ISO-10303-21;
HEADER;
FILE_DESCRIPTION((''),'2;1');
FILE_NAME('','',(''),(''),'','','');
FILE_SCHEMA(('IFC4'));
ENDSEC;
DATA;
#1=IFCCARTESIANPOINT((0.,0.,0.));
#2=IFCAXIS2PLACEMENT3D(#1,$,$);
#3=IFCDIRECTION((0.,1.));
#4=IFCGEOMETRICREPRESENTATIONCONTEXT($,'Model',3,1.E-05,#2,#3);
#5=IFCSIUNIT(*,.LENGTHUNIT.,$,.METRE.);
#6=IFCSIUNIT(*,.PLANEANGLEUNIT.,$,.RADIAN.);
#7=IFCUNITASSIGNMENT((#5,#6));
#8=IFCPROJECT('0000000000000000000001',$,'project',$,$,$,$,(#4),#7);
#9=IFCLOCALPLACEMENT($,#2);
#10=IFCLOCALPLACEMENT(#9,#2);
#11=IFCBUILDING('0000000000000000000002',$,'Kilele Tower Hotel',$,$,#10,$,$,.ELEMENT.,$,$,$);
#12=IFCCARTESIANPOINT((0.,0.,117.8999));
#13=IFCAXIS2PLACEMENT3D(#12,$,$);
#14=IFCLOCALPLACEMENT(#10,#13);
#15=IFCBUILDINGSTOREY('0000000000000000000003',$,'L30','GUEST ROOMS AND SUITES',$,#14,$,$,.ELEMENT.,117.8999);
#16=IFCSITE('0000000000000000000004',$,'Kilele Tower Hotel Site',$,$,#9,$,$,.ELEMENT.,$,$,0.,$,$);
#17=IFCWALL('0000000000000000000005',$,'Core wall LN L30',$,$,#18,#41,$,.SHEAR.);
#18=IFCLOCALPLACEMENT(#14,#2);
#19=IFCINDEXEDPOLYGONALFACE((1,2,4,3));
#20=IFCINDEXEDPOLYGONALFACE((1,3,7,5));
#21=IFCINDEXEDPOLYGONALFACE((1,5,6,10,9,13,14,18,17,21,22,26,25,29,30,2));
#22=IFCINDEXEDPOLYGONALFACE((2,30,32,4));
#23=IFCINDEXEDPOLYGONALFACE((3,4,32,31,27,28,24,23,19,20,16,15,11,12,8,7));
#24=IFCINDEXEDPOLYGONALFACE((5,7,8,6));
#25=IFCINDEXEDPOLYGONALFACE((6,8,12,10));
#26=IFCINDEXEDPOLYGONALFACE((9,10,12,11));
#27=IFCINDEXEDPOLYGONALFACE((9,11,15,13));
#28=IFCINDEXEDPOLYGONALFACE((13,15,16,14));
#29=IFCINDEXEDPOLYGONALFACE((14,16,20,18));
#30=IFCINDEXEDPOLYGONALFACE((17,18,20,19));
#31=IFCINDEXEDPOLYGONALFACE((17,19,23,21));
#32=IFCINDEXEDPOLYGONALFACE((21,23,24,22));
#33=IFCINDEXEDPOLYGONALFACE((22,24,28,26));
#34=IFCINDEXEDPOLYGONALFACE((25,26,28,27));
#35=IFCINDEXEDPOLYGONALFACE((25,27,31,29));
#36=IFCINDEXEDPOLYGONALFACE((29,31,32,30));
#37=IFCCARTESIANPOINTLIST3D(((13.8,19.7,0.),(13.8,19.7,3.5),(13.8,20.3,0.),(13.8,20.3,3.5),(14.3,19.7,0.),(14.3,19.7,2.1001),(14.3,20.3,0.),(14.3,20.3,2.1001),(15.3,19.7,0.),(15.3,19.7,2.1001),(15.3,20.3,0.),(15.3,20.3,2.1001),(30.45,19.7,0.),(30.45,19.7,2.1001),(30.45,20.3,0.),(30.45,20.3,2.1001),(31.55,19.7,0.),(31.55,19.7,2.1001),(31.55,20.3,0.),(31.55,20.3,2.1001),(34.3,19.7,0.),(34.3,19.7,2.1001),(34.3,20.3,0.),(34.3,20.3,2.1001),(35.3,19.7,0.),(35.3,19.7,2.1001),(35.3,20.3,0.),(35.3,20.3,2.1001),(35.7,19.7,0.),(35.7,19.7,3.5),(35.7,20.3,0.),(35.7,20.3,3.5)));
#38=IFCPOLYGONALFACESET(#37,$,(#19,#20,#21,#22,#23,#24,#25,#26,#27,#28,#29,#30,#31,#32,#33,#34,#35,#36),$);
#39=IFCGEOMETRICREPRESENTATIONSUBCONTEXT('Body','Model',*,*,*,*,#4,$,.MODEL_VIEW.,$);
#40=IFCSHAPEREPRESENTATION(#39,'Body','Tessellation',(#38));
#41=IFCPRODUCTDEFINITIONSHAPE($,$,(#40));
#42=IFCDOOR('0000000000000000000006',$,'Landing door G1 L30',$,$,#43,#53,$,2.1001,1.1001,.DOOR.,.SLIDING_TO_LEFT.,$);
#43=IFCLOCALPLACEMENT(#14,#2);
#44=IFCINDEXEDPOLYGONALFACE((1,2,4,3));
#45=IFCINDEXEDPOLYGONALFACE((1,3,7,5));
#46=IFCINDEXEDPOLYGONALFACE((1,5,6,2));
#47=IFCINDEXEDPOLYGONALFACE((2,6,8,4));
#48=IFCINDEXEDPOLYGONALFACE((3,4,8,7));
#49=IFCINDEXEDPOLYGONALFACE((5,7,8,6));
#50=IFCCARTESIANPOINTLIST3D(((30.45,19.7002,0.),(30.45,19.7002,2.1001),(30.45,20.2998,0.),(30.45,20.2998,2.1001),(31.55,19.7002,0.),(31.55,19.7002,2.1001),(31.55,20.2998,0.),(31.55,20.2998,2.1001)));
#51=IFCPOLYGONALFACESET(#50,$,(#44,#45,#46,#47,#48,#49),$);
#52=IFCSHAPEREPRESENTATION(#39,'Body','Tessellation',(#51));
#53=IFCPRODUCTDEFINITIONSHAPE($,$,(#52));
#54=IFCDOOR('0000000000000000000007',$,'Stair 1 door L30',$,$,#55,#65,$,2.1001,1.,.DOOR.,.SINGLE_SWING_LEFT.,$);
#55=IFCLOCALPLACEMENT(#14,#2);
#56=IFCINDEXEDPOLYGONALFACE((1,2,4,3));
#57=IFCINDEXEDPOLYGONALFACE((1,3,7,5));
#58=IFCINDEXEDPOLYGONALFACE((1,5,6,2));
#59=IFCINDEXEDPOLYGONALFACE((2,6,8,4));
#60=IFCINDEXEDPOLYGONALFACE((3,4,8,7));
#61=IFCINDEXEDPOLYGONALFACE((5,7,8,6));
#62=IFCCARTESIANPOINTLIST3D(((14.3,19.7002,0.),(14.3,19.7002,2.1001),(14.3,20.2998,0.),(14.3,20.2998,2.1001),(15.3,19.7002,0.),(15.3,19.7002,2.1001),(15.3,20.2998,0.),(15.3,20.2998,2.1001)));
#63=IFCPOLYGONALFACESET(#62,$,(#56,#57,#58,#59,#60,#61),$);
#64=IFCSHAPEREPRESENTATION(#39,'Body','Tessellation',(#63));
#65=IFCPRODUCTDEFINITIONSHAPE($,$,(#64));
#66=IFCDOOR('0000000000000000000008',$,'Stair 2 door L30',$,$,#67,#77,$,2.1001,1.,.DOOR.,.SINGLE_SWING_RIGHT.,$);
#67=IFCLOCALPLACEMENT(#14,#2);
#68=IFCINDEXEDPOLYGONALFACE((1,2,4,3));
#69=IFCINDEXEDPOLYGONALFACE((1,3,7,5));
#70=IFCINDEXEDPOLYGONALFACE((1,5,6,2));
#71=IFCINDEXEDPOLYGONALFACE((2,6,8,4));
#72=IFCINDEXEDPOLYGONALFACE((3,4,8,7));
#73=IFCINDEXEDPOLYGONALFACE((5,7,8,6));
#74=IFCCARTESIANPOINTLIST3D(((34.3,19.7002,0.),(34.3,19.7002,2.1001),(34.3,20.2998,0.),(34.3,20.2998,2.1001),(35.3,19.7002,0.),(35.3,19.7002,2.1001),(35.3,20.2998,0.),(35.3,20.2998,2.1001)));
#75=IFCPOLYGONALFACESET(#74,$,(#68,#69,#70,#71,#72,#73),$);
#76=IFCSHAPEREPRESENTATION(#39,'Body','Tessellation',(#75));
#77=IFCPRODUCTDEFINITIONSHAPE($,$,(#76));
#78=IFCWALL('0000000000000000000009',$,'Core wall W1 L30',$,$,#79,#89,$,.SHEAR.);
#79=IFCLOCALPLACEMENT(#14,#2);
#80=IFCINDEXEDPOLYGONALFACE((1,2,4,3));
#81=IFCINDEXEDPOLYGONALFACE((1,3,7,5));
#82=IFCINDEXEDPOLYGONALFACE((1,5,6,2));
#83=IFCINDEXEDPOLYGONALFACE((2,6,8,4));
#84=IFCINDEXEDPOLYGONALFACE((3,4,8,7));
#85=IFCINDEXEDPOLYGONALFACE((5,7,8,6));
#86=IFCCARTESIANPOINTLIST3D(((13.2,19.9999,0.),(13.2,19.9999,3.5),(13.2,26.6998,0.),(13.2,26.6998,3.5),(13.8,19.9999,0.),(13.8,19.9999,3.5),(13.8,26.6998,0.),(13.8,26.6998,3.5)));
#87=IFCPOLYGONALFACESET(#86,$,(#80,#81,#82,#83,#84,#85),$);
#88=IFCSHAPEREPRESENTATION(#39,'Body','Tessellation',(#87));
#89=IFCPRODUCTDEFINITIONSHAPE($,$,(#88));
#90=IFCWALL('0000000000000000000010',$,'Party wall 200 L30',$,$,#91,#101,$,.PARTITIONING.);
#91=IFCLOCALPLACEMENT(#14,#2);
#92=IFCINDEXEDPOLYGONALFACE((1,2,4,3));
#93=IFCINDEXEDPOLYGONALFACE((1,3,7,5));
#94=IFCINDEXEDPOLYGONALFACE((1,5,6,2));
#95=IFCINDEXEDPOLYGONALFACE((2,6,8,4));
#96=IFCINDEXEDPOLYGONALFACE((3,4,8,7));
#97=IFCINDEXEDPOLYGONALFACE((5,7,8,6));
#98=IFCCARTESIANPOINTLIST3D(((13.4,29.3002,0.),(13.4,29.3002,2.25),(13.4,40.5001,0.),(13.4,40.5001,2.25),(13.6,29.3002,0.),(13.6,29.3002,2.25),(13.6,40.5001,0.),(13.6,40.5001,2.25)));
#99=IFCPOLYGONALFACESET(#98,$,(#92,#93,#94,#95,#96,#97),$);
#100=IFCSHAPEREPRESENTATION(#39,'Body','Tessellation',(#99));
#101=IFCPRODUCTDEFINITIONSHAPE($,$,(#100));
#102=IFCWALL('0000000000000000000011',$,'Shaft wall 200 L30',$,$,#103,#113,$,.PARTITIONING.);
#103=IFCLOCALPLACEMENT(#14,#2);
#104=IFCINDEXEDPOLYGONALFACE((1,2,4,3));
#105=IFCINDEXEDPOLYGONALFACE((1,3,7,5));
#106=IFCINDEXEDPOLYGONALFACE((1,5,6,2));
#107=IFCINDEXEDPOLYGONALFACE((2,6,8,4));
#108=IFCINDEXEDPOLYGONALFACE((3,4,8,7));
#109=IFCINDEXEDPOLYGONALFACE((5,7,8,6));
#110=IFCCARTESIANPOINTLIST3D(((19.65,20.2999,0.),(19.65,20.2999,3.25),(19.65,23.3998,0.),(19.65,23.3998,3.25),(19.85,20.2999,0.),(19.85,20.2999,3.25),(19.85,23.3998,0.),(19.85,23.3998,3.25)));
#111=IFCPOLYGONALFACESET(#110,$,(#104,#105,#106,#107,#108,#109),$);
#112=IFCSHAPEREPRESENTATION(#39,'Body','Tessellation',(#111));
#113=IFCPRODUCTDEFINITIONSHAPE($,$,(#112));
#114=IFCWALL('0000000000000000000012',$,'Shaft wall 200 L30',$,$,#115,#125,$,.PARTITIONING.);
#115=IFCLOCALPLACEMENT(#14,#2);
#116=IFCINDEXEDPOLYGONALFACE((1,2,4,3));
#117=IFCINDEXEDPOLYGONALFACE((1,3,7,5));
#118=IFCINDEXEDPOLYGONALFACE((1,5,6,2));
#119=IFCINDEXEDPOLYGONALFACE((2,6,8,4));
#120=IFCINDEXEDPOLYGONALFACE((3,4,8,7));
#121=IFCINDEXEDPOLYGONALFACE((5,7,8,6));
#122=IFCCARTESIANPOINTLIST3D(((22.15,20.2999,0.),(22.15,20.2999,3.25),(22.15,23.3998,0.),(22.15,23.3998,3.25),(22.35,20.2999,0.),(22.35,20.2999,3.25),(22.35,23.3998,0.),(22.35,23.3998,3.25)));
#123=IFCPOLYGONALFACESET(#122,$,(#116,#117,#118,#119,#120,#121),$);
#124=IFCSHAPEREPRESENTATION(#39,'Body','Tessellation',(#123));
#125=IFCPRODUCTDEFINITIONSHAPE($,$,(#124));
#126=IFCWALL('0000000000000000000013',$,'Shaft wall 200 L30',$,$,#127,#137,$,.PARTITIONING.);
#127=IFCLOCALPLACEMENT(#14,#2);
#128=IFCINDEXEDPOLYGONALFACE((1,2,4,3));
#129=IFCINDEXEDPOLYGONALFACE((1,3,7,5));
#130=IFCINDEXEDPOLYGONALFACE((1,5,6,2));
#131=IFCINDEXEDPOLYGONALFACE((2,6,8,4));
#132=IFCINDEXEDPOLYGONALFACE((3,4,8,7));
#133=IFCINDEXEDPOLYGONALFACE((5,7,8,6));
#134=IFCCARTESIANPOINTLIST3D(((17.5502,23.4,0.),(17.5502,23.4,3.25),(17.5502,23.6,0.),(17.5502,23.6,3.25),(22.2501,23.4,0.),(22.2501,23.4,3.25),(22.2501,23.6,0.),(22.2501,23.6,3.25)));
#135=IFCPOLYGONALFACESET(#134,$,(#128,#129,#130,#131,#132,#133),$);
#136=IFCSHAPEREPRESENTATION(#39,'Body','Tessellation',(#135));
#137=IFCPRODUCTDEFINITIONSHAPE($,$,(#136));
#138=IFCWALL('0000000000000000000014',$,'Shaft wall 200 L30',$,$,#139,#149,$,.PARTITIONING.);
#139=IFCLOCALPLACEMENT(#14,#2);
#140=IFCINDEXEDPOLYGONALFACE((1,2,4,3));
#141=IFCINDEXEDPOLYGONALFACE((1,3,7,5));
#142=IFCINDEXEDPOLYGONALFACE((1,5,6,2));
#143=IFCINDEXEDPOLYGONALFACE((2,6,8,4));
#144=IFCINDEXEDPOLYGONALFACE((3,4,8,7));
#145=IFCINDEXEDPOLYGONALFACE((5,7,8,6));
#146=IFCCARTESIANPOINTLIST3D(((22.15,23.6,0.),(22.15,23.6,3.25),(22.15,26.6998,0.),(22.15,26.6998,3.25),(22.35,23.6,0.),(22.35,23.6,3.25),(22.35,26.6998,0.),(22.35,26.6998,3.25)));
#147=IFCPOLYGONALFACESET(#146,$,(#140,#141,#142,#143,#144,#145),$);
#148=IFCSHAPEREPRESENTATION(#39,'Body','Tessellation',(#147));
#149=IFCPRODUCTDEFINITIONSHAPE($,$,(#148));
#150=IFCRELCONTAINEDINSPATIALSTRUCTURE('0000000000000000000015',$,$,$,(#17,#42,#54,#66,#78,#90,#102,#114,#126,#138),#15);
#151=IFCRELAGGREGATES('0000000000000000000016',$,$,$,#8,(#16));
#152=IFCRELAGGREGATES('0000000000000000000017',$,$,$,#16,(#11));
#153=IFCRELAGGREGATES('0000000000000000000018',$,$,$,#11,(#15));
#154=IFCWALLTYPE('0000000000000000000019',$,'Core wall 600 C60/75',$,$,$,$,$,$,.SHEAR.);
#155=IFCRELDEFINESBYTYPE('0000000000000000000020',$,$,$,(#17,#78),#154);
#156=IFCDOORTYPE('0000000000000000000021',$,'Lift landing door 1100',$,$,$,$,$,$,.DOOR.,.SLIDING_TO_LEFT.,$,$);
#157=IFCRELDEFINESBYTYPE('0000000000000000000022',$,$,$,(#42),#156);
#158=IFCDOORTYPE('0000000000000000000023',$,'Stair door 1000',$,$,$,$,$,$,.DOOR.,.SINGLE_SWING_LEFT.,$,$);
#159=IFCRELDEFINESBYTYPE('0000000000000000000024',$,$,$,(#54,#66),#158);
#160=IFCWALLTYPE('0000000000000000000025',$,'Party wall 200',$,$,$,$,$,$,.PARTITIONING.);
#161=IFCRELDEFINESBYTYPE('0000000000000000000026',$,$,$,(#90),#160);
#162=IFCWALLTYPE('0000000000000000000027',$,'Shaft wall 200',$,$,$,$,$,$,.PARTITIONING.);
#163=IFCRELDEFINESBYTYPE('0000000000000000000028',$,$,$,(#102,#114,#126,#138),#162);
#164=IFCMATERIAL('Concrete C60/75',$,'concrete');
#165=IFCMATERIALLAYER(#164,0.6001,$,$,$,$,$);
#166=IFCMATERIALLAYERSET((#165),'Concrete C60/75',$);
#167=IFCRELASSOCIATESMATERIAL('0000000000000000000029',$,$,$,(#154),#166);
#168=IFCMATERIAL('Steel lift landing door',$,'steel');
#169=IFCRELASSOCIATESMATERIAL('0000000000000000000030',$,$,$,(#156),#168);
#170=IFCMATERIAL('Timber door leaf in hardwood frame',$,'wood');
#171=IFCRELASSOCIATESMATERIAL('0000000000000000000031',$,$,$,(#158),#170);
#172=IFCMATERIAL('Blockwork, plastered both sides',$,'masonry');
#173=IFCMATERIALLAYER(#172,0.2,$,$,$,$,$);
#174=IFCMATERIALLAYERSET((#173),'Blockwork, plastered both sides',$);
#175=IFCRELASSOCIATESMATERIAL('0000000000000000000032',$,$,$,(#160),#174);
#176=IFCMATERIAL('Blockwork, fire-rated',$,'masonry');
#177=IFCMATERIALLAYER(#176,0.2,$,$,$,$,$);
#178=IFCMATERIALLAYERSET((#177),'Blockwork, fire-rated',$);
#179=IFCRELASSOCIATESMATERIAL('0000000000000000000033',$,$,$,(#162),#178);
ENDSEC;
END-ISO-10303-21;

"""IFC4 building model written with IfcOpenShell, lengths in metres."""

from ifc_helpers import new_model, si_unit, direction, frame, frame_2d, origin, place, context, subcontext, project, spatial, rectangle, extrude, material, layer, layer_set, type_object, element, fill, save


model = new_model("IFC4")

# Units and contexts
model_context = context("Model", 3, precision=1e-05, world=origin(), true_north=direction((0.0, 1.0)))
body_context = subcontext(model_context, "Body", "Model", "MODEL_VIEW")
ifc_project = project(units=[si_unit("LENGTHUNIT", "METRE"), si_unit("PLANEANGLEUNIT", "RADIAN")], contexts=[model_context])

# Site, building, storey
site_placement = place(None, origin())
site = spatial("IfcSite", under=ifc_project, at=site_placement, Name="Kilele Tower Hotel Site", CompositionType="ELEMENT", RefElevation=0.0)
building_placement = place(site_placement, origin())
building = spatial("IfcBuilding", under=site, at=building_placement, Name="Kilele Tower Hotel", CompositionType="ELEMENT")
storey_placement = place(building_placement, frame((0.0, 0.0, 117.8999)))
storey = spatial("IfcBuildingStorey", under=building, at=storey_placement, Name="L30", Description="GUEST ROOMS AND SUITES", CompositionType="ELEMENT", Elevation=117.8999)

# Wall, openings, doors
ifc_material_1 = material(Name="Concrete C60/75", Category="concrete")
ifc_layer_1 = layer(ifc_material_1, 0.6001)
ifc_layer_set_1 = layer_set([ifc_layer_1], Name="Concrete C60/75")
wall_type_1 = type_object("IfcWallType", Name="Core wall 600 C60/75", PredefinedType="SHEAR", material=ifc_layer_set_1)
wall_1_placement = place(storey_placement, frame((13.8, 20.0, 0.0), z_axis=(0.0, 0.0, 1.0), x_axis=(1.0, 0.0, 0.0)))
wall_1 = element("IfcWall", 1, at=wall_1_placement, inside=storey, type_object=wall_type_1, Name="Core wall LN L30", PredefinedType="SHEAR", context=body_context, shape_type="SweptSolid", body=[
    extrude(rectangle(XDim=21.8999, YDim=0.6001, at=frame_2d((10.95, 0.0))), origin(), (0.0, 0.0, 1.0), 3.5),
])
opening_1_placement = place(wall_1_placement, frame((0.5, 0.0, 0.0)))
opening_1 = element("IfcOpeningElement", 2, at=opening_1_placement, cuts=wall_1, PredefinedType="OPENING", context=body_context, shape_type="SweptSolid", body=[
    extrude(rectangle(XDim=1.0, YDim=2.1001, at=frame_2d((0.5, 1.05))), frame((0.0, 0.3101, 0.0), z_axis=(0.0, -1.0, 0.0), x_axis=(1.0, 0.0, 0.0)), (0.0, 0.0, 1.0), 0.6201),
])
opening_2_placement = place(wall_1_placement, frame((20.5, 0.0, 0.0)))
opening_2 = element("IfcOpeningElement", 3, at=opening_2_placement, cuts=wall_1, PredefinedType="OPENING", context=body_context, shape_type="SweptSolid", body=[
    extrude(rectangle(XDim=1.0, YDim=2.1001, at=frame_2d((0.5, 1.05))), frame((0.0, 0.3101, 0.0), z_axis=(0.0, -1.0, 0.0), x_axis=(1.0, 0.0, 0.0)), (0.0, 0.0, 1.0), 0.6201),
])
opening_3_placement = place(wall_1_placement, frame((16.6499, 0.0, 0.0)))
opening_3 = element("IfcOpeningElement", 4, at=opening_3_placement, cuts=wall_1, PredefinedType="OPENING", context=body_context, shape_type="SweptSolid", body=[
    extrude(rectangle(XDim=1.1001, YDim=2.1001, at=frame_2d((0.55, 1.05))), frame((0.0, 0.3101, 0.0), z_axis=(0.0, -1.0, 0.0), x_axis=(1.0, 0.0, 0.0)), (0.0, 0.0, 1.0), 0.6201),
])
ifc_material_2 = material(Name="Steel lift landing door", Category="steel")
door_type_1 = type_object("IfcDoorType", Name="Lift landing door 1100", OperationType="SLIDING_TO_LEFT", PredefinedType="DOOR", material=ifc_material_2)
door_1_placement = place(opening_3_placement, origin())
door_1 = element("IfcDoor", 5, at=door_1_placement, inside=storey, type_object=door_type_1, Name="Landing door G1 L30", OperationType="SLIDING_TO_LEFT", OverallHeight=2.1001, OverallWidth=1.1001, PredefinedType="DOOR", context=body_context, shape_type="SweptSolid", body=[
    extrude(rectangle(XDim=1.1001, YDim=2.1001, at=frame_2d((0.55, 1.05))), frame((0.0, 0.2998, 0.0), z_axis=(0.0, -1.0, 0.0), x_axis=(1.0, 0.0, 0.0)), (0.0, 0.0, 1.0), 0.5996),
])
fill(opening_3, door_1)
ifc_material_3 = material(Name="Timber door leaf in hardwood frame", Category="wood")
door_type_2 = type_object("IfcDoorType", Name="Stair door 1000", OperationType="SINGLE_SWING_LEFT", PredefinedType="DOOR", material=ifc_material_3)
door_2_placement = place(opening_1_placement, origin())
door_2 = element("IfcDoor", 6, at=door_2_placement, inside=storey, type_object=door_type_2, Name="Stair 1 door L30", OperationType="SINGLE_SWING_LEFT", OverallHeight=2.1001, OverallWidth=1.0, PredefinedType="DOOR", context=body_context, shape_type="SweptSolid", body=[
    extrude(rectangle(XDim=1.0, YDim=2.1001, at=frame_2d((0.5, 1.05))), frame((0.0, 0.2998, 0.0), z_axis=(0.0, -1.0, 0.0), x_axis=(1.0, 0.0, 0.0)), (0.0, 0.0, 1.0), 0.5996),
])
fill(opening_1, door_2)
door_3_placement = place(opening_2_placement, origin())
door_3 = element("IfcDoor", 7, at=door_3_placement, inside=storey, type_object=door_type_2, Name="Stair 2 door L30", OperationType="SINGLE_SWING_RIGHT", OverallHeight=2.1001, OverallWidth=1.0, PredefinedType="DOOR", context=body_context, shape_type="SweptSolid", body=[
    extrude(rectangle(XDim=1.0, YDim=2.1001, at=frame_2d((0.5, 1.05))), frame((0.0, 0.2998, 0.0), z_axis=(0.0, -1.0, 0.0), x_axis=(1.0, 0.0, 0.0)), (0.0, 0.0, 1.0), 0.5996),
])
fill(opening_2, door_3)

# Walls
wall_2_placement = place(storey_placement, frame((13.5, 26.7, 0.0), z_axis=(0.0, 0.0, 1.0), x_axis=(0.0, -1.0, 0.0)))
element("IfcWall", 8, at=wall_2_placement, inside=storey, type_object=wall_type_1, Name="Core wall W1 L30", PredefinedType="SHEAR", context=body_context, shape_type="SweptSolid", body=[
    extrude(rectangle(XDim=6.7, YDim=0.6001, at=frame_2d((3.3501, 0.0))), origin(), (0.0, 0.0, 1.0), 3.5),
])
ifc_material_4 = material(Name="Blockwork, plastered both sides", Category="masonry")
ifc_layer_2 = layer(ifc_material_4, 0.2)
ifc_layer_set_2 = layer_set([ifc_layer_2], Name="Blockwork, plastered both sides")
wall_type_2 = type_object("IfcWallType", Name="Party wall 200", PredefinedType="PARTITIONING", material=ifc_layer_set_2)
wall_3_placement = place(storey_placement, frame((13.5, 29.3, 0.0), z_axis=(0.0, 0.0, 1.0), x_axis=(0.0, 1.0, 0.0)))
element("IfcWall", 9, at=wall_3_placement, inside=storey, type_object=wall_type_2, Name="Party wall 200 L30", PredefinedType="PARTITIONING", context=body_context, shape_type="SweptSolid", body=[
    extrude(rectangle(XDim=11.2, YDim=0.2, at=frame_2d((5.6001, 0.0))), origin(), (0.0, 0.0, 1.0), 2.25),
])
ifc_material_5 = material(Name="Blockwork, fire-rated", Category="masonry")
ifc_layer_3 = layer(ifc_material_5, 0.2)
ifc_layer_set_3 = layer_set([ifc_layer_3], Name="Blockwork, fire-rated")
wall_type_3 = type_object("IfcWallType", Name="Shaft wall 200", PredefinedType="PARTITIONING", material=ifc_layer_set_3)
for number, where, z_axis, x_axis, name in (
    (10, (19.75, 20.3, 0.0), (0.0, 0.0, 1.0), (0.0, 1.0, 0.0), "Shaft wall 200 L30"),
    (11, (22.25, 20.3, 0.0), (0.0, 0.0, 1.0), (0.0, 1.0, 0.0), "Shaft wall 200 L30"),
):
    element("IfcWall", number, at=place(storey_placement, frame(where, z_axis=z_axis, x_axis=x_axis)), inside=storey, type_object=wall_type_3, Name=name, PredefinedType="PARTITIONING", context=body_context, shape_type="SweptSolid", body=[
        extrude(rectangle(XDim=3.0999, YDim=0.2, at=frame_2d((1.5498, 0.0))), origin(), (0.0, 0.0, 1.0), 3.25),
    ])
wall_4_placement = place(storey_placement, frame((17.55, 23.5, 0.0), z_axis=(0.0, 0.0, 1.0), x_axis=(1.0, 0.0, 0.0)))
element("IfcWall", 12, at=wall_4_placement, inside=storey, type_object=wall_type_3, Name="Shaft wall 200 L30", PredefinedType="PARTITIONING", context=body_context, shape_type="SweptSolid", body=[
    extrude(rectangle(XDim=4.7, YDim=0.2, at=frame_2d((2.3501, 0.0))), origin(), (0.0, 0.0, 1.0), 3.25),
])
wall_5_placement = place(storey_placement, frame((22.25, 23.6001, 0.0), z_axis=(0.0, 0.0, 1.0), x_axis=(0.0, 1.0, 0.0)))
element("IfcWall", 13, at=wall_5_placement, inside=storey, type_object=wall_type_3, Name="Shaft wall 200 L30", PredefinedType="PARTITIONING", context=body_context, shape_type="SweptSolid", body=[
    extrude(rectangle(XDim=3.0999, YDim=0.2, at=frame_2d((1.5498, 0.0))), origin(), (0.0, 0.0, 1.0), 3.25),
])

save(model, "model.ifc")
